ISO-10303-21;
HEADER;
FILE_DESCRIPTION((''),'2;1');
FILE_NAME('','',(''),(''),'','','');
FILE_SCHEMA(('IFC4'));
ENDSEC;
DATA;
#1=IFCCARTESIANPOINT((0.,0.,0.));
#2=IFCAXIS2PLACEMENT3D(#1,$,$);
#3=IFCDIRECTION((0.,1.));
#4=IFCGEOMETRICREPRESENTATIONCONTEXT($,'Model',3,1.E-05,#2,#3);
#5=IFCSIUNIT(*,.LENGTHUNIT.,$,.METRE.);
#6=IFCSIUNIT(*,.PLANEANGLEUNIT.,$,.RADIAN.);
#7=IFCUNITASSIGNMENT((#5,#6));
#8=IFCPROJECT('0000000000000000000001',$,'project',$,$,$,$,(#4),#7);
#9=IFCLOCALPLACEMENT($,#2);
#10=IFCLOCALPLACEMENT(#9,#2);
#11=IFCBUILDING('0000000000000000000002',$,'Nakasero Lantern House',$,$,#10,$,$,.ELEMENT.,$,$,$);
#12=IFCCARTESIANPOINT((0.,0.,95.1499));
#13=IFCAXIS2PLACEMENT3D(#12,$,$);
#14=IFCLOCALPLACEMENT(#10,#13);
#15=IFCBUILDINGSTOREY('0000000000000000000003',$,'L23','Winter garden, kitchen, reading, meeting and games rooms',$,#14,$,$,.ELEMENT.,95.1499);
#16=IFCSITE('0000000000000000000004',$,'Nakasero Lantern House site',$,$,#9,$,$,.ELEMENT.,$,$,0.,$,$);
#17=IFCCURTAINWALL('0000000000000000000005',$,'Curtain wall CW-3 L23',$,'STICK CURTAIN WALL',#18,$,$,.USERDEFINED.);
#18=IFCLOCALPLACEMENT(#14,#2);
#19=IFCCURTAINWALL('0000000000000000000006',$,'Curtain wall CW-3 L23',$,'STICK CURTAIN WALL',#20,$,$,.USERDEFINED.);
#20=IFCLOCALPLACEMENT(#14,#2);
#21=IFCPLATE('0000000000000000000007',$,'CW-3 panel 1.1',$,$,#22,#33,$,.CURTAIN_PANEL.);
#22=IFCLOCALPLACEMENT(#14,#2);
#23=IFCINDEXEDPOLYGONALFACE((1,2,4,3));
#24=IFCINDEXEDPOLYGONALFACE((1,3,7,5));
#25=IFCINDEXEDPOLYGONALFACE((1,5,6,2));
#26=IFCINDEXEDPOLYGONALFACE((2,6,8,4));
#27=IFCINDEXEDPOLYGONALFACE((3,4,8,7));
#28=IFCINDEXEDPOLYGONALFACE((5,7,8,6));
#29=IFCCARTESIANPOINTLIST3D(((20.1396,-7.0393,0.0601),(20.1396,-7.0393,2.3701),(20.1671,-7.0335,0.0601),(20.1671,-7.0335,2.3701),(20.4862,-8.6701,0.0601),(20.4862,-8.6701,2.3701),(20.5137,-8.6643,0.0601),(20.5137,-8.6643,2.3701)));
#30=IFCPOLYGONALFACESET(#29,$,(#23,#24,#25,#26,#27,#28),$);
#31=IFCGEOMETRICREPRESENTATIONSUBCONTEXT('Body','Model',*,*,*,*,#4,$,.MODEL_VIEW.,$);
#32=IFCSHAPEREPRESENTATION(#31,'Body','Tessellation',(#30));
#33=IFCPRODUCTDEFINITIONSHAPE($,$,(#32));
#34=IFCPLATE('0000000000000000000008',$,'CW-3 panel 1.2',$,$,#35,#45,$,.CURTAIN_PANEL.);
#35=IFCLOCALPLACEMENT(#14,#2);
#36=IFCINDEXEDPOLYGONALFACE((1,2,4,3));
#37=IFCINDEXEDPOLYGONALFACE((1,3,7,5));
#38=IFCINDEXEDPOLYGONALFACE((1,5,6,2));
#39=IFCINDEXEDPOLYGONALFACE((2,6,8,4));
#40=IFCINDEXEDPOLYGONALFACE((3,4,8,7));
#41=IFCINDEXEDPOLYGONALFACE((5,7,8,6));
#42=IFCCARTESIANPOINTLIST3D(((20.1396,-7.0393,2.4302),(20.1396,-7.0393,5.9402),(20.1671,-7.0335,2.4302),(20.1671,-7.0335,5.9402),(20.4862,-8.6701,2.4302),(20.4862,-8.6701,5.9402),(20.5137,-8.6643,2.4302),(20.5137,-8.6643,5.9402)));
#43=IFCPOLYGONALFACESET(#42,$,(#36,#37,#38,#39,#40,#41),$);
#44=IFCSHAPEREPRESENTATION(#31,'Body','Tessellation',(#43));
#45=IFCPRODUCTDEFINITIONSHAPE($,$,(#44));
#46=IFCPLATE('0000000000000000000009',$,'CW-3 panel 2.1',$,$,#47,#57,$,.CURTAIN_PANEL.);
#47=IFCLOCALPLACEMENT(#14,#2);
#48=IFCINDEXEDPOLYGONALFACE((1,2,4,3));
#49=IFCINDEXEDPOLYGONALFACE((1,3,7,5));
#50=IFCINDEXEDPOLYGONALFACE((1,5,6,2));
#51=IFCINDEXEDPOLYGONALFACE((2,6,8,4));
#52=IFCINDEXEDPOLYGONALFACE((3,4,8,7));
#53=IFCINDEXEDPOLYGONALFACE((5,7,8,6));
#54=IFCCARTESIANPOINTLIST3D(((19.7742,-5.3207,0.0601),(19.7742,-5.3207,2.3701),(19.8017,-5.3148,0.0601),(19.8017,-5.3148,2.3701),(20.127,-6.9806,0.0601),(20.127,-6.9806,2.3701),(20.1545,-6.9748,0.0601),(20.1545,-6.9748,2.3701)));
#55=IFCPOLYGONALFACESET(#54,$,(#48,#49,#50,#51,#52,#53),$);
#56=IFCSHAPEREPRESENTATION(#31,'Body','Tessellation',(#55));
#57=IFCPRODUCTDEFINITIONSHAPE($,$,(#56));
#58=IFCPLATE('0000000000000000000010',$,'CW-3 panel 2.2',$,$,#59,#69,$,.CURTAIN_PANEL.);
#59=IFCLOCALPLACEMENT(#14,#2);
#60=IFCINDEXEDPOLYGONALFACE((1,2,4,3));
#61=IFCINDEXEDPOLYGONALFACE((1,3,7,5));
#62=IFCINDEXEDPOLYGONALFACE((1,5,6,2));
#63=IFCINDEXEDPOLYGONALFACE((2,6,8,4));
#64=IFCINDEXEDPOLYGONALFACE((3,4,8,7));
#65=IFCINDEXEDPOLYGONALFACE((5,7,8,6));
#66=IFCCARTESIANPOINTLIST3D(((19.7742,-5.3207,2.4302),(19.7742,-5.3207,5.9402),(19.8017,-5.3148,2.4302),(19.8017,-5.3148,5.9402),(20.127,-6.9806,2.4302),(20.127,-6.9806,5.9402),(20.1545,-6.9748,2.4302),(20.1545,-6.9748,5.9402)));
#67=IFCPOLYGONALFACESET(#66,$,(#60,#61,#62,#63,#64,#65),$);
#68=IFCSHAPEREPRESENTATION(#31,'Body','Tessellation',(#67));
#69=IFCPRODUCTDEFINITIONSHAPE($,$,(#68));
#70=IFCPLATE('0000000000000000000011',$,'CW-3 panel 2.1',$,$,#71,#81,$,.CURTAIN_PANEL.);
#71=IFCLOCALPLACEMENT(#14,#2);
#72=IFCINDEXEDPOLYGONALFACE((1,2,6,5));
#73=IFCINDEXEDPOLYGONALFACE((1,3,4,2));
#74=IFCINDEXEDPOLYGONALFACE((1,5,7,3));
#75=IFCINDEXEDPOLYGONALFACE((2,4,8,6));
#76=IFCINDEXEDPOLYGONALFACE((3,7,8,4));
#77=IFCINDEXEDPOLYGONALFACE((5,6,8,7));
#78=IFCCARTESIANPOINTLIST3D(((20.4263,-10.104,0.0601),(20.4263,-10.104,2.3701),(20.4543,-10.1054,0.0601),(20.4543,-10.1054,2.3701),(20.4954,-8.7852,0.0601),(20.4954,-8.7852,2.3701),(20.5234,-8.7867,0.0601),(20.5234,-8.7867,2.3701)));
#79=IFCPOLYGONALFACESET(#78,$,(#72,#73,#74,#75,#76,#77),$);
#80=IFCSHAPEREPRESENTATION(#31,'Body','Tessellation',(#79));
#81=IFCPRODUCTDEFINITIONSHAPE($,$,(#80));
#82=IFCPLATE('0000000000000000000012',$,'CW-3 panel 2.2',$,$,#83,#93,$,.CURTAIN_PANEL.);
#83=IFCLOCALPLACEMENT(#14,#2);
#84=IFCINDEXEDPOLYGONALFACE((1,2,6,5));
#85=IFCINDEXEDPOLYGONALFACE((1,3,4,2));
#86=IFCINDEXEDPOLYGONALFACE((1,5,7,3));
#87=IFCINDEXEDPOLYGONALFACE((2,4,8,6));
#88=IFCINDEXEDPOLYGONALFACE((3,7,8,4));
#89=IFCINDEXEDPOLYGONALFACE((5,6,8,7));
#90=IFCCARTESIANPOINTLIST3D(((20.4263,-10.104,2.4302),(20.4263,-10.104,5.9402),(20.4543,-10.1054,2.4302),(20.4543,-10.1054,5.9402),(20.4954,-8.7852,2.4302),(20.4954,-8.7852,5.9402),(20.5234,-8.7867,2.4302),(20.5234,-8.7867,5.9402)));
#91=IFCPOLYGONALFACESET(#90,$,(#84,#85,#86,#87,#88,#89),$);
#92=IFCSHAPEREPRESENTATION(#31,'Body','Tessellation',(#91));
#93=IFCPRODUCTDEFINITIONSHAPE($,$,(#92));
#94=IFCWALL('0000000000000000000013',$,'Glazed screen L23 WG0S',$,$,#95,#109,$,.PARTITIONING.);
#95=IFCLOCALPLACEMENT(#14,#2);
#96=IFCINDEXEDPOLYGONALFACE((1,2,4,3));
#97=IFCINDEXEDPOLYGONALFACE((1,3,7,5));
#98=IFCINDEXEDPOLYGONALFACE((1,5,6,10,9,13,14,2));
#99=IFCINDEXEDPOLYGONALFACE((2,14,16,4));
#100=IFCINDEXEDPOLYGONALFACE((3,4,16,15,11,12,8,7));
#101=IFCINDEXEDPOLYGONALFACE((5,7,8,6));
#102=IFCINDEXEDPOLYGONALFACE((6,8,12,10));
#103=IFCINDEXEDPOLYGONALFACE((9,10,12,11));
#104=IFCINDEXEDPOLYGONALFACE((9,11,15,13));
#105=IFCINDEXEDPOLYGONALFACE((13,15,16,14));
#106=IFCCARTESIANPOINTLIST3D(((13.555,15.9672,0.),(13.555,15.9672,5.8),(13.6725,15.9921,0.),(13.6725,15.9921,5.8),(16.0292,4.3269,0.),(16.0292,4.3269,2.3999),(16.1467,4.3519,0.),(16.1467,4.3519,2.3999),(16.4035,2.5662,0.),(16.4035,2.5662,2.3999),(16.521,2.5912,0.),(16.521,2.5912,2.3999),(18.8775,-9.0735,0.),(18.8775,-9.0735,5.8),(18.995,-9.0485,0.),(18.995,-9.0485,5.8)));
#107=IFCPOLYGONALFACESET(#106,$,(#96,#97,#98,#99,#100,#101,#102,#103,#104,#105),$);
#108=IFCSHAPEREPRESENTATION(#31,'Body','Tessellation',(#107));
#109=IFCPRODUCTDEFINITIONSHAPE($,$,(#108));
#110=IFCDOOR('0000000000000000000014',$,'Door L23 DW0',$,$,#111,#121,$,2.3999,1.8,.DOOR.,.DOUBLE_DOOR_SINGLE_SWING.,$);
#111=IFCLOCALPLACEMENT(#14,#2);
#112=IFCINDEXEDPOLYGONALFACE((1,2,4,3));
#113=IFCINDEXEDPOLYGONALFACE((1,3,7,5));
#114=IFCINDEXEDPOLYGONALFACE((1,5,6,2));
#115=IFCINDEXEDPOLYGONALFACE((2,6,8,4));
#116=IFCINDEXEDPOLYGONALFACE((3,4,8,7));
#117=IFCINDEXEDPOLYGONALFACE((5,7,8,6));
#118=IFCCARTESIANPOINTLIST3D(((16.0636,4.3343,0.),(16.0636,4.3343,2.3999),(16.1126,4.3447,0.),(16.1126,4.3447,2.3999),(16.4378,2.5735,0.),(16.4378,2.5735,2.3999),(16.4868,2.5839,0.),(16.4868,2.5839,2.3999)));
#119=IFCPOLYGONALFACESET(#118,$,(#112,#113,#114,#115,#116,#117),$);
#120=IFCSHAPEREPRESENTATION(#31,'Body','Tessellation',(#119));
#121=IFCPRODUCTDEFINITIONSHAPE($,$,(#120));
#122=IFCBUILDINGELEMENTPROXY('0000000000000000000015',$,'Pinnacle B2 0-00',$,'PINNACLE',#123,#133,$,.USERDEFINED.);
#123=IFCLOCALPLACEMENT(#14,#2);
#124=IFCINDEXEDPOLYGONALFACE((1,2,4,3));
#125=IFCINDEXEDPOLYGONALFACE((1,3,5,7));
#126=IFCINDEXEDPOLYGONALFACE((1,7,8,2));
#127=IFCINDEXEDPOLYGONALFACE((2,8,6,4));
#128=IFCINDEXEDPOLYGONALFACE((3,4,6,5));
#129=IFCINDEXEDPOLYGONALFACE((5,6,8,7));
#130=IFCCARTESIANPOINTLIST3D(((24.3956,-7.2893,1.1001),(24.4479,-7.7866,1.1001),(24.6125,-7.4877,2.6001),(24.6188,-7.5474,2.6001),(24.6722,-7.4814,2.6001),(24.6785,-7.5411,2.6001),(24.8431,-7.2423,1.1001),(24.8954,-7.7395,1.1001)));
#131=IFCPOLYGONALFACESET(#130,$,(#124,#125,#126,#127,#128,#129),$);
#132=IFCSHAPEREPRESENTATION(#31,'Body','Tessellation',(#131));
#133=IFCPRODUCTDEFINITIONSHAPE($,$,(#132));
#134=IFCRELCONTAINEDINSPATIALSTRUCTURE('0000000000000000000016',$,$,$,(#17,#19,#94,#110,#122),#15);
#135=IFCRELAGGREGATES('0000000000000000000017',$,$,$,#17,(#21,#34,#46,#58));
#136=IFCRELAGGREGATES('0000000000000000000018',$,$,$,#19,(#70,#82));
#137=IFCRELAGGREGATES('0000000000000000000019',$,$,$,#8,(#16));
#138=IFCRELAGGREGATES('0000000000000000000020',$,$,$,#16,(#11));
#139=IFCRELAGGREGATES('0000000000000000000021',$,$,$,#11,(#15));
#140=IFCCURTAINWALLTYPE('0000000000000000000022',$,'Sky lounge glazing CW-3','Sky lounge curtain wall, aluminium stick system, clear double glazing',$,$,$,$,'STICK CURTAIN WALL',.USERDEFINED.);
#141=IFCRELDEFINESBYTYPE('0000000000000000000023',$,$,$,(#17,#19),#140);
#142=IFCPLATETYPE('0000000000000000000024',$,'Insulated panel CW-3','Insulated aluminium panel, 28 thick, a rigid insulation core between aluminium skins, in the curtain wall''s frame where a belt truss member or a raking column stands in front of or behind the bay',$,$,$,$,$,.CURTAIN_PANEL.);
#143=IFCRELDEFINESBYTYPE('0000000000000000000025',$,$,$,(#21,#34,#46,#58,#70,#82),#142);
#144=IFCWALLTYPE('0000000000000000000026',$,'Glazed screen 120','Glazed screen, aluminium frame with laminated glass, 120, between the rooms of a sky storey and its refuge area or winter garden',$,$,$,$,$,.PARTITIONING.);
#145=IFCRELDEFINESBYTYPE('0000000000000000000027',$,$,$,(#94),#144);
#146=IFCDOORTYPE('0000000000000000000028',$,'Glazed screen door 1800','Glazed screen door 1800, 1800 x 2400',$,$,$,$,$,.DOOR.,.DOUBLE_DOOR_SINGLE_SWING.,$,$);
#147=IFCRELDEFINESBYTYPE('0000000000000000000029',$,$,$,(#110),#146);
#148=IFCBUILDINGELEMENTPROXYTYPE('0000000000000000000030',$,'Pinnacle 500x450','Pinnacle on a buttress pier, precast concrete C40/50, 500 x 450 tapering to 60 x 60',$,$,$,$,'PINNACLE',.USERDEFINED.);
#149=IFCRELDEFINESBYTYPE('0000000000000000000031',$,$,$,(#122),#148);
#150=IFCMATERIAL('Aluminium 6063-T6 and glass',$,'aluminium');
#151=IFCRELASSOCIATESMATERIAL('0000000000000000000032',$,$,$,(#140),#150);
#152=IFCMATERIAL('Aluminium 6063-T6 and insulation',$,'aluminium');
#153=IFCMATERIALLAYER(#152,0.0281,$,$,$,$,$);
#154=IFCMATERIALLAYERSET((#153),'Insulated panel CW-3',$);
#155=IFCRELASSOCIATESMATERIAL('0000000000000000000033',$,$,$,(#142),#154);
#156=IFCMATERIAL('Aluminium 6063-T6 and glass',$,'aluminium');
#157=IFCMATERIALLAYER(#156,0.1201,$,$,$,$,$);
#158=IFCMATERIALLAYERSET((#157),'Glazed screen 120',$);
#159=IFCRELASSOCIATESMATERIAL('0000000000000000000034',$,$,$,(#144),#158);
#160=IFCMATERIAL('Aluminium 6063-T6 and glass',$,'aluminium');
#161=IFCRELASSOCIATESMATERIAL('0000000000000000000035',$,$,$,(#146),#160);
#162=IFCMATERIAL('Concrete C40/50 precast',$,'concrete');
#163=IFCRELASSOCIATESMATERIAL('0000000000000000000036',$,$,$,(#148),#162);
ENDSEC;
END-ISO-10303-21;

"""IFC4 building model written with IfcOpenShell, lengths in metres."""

from ifc_helpers import new_model, entity, si_unit, direction, frame, frame_2d, origin, origin_2d, place, context, subcontext, project, spatial, rectangle, extrude, material, layer, layer_set, type_object, element, fill, aggregate, save


model = new_model("IFC4")

# Units and contexts
model_context = context("Model", 3, precision=1e-05, world=origin(), true_north=direction((0.0, 1.0)))
body_context = subcontext(model_context, "Body", "Model", "MODEL_VIEW")
ifc_project = project(units=[si_unit("LENGTHUNIT", "METRE"), si_unit("PLANEANGLEUNIT", "RADIAN")], contexts=[model_context])

# Site, building, storey
site_placement = place(None, origin())
site = spatial("IfcSite", under=ifc_project, at=site_placement, Name="Nakasero Lantern House site", CompositionType="ELEMENT", RefElevation=0.0)
building_placement = place(site_placement, origin())
building = spatial("IfcBuilding", under=site, at=building_placement, Name="Nakasero Lantern House", CompositionType="ELEMENT")
storey_placement = place(building_placement, frame((0.0, 0.0, 95.1499)))
storey = spatial("IfcBuildingStorey", under=building, at=storey_placement, Name="L23", Description="Winter garden, kitchen, reading, meeting and games rooms", CompositionType="ELEMENT", Elevation=95.1499)

# Curtain walls
ifc_material_1 = material(Name="Aluminium 6063-T6 and glass", Category="aluminium")
curtain_wall_type = type_object("IfcCurtainWallType", Name="Sky lounge glazing CW-3", Description="Sky lounge curtain wall, aluminium stick system, clear double glazing", ElementType="STICK CURTAIN WALL", PredefinedType="USERDEFINED", material=ifc_material_1)
curtain_wall_1_placement = place(storey_placement, origin())
curtain_wall_1 = element("IfcCurtainWall", 1, at=curtain_wall_1_placement, inside=storey, type_object=curtain_wall_type, Name="Curtain wall CW-3 L23", ObjectType="STICK CURTAIN WALL", PredefinedType="USERDEFINED")
curtain_wall_2_placement = place(storey_placement, origin())
curtain_wall_2 = element("IfcCurtainWall", 2, at=curtain_wall_2_placement, inside=storey, type_object=curtain_wall_type, Name="Curtain wall CW-3 L23", ObjectType="STICK CURTAIN WALL", PredefinedType="USERDEFINED")

# Plates
ifc_material_2 = material(Name="Aluminium 6063-T6 and insulation", Category="aluminium")
ifc_layer_1 = layer(ifc_material_2, 0.0281)
ifc_layer_set_1 = layer_set([ifc_layer_1], Name="Insulated panel CW-3")
plate_type = type_object("IfcPlateType", Name="Insulated panel CW-3", Description="Insulated aluminium panel, 28 thick, a rigid insulation core between aluminium skins, in the curtain wall's frame where a belt truss member or a raking column stands in front of or behind the bay", PredefinedType="CURTAIN_PANEL", material=ifc_layer_set_1)
plate_1_placement = place(storey_placement, frame((20.3267, -7.8518, 0.0601), z_axis=(0.0, 0.0, 1.0), x_axis=(-0.207912, 0.978148, 0.0)))
plate_1 = element("IfcPlate", 3, at=plate_1_placement, type_object=plate_type, Name="CW-3 panel 1.1", PredefinedType="CURTAIN_PANEL", context=body_context, shape_type="SweptSolid", body=[
    extrude(rectangle(XDim=1.6672, YDim=0.0281, at=origin_2d()), origin(), (0.0, 0.0, 1.0), 2.3101),
])
plate_2_placement = place(storey_placement, frame((20.3267, -7.8518, 2.4302), z_axis=(0.0, 0.0, 1.0), x_axis=(-0.207912, 0.978148, 0.0)))
plate_2 = element("IfcPlate", 4, at=plate_2_placement, type_object=plate_type, Name="CW-3 panel 1.2", PredefinedType="CURTAIN_PANEL", context=body_context, shape_type="SweptSolid", body=[
    extrude(rectangle(XDim=1.6672, YDim=0.0281, at=origin_2d()), origin(), (0.0, 0.0, 1.0), 3.51),
])
plate_3_placement = place(storey_placement, frame((19.9644, -6.1477, 0.0601), z_axis=(0.0, 0.0, 1.0), x_axis=(-0.207912, 0.978148, 0.0)))
plate_3 = element("IfcPlate", 5, at=plate_3_placement, type_object=plate_type, Name="CW-3 panel 2.1", PredefinedType="CURTAIN_PANEL", context=body_context, shape_type="SweptSolid", body=[
    extrude(rectangle(XDim=1.697, YDim=0.0281, at=origin_2d()), origin(), (0.0, 0.0, 1.0), 2.3101),
])
plate_4_placement = place(storey_placement, frame((19.9644, -6.1477, 2.4302), z_axis=(0.0, 0.0, 1.0), x_axis=(-0.207912, 0.978148, 0.0)))
plate_4 = element("IfcPlate", 6, at=plate_4_placement, type_object=plate_type, Name="CW-3 panel 2.2", PredefinedType="CURTAIN_PANEL", context=body_context, shape_type="SweptSolid", body=[
    extrude(rectangle(XDim=1.697, YDim=0.0281, at=origin_2d()), origin(), (0.0, 0.0, 1.0), 3.51),
])
aggregate(curtain_wall_1, [plate_1, plate_2, plate_3, plate_4])
plate_5_placement = place(storey_placement, frame((20.4749, -9.4453, 0.0601), z_axis=(0.0, 0.0, 1.0), x_axis=(0.052336, 0.99863, 0.0)))
plate_5 = element("IfcPlate", 7, at=plate_5_placement, type_object=plate_type, Name="CW-3 panel 2.1", PredefinedType="CURTAIN_PANEL", context=body_context, shape_type="SweptSolid", body=[
    extrude(rectangle(XDim=1.3206, YDim=0.0281, at=origin_2d()), origin(), (0.0, 0.0, 1.0), 2.3101),
])
plate_6_placement = place(storey_placement, frame((20.4749, -9.4453, 2.4302), z_axis=(0.0, 0.0, 1.0), x_axis=(0.052336, 0.99863, 0.0)))
plate_6 = element("IfcPlate", 8, at=plate_6_placement, type_object=plate_type, Name="CW-3 panel 2.2", PredefinedType="CURTAIN_PANEL", context=body_context, shape_type="SweptSolid", body=[
    extrude(rectangle(XDim=1.3206, YDim=0.0281, at=origin_2d()), origin(), (0.0, 0.0, 1.0), 3.51),
])
aggregate(curtain_wall_2, [plate_5, plate_6])

# Wall, opening, door
ifc_material_3 = material(Name="Aluminium 6063-T6 and glass", Category="aluminium")
ifc_layer_2 = layer(ifc_material_3, 0.1201)
ifc_layer_set_2 = layer_set([ifc_layer_2], Name="Glazed screen 120")
wall_type = type_object("IfcWallType", Name="Glazed screen 120", Description="Glazed screen, aluminium frame with laminated glass, 120, between the rooms of a sky storey and its refuge area or winter garden", PredefinedType="PARTITIONING", material=ifc_layer_set_2)
wall_placement = place(storey_placement, frame((18.9363, -9.061, 0.0), z_axis=(0.0, 0.0, 1.0), x_axis=(-0.207909, 0.978148, 0.0)))
wall = element("IfcWall", 9, at=wall_placement, inside=storey, type_object=wall_type, Name="Glazed screen L23 WG0S", PredefinedType="PARTITIONING", context=body_context, shape_type="SweptSolid", body=[
    extrude(rectangle(XDim=25.6001, YDim=0.1201, at=frame_2d((12.8, 0.0))), origin(), (0.0, 0.0, 1.0), 5.8),
])
opening_placement = place(wall_placement, frame((11.8999, 0.0, 0.0)))
opening = element("IfcOpeningElement", 10, at=opening_placement, cuts=wall, PredefinedType="OPENING", context=body_context, shape_type="SweptSolid", body=[
    extrude(rectangle(XDim=1.8, YDim=2.3999, at=frame_2d((0.8999, 1.2))), frame((0.0, 0.0801, 0.0), z_axis=(0.0, -1.0, 0.0), x_axis=(1.0, 0.0, 0.0)), (0.0, 0.0, 1.0), 0.1602),
])
ifc_material_4 = material(Name="Aluminium 6063-T6 and glass", Category="aluminium")
door_type = type_object("IfcDoorType", Name="Glazed screen door 1800", Description="Glazed screen door 1800, 1800 x 2400", OperationType="DOUBLE_DOOR_SINGLE_SWING", PredefinedType="DOOR", material=ifc_material_4)
door_placement = place(opening_placement, origin())
door = element("IfcDoor", 11, at=door_placement, inside=storey, type_object=door_type, Name="Door L23 DW0", OperationType="DOUBLE_DOOR_SINGLE_SWING", OverallHeight=2.3999, OverallWidth=1.8, PredefinedType="DOOR", context=body_context, shape_type="SweptSolid", body=[
    extrude(rectangle(XDim=1.8, YDim=2.3999, at=frame_2d((0.8999, 1.2))), frame((0.0, 0.0249, 0.0), z_axis=(0.0, -1.0, 0.0), x_axis=(1.0, 0.0, 0.0)), (0.0, 0.0, 1.0), 0.05),
])
fill(opening, door)

# Building element proxy
ifc_material_5 = material(Name="Concrete C40/50 precast", Category="concrete")
building_element_proxy_type = type_object("IfcBuildingElementProxyType", Name="Pinnacle 500x450", Description="Pinnacle on a buttress pier, precast concrete C40/50, 500 x 450 tapering to 60 x 60", ElementType="PINNACLE", PredefinedType="USERDEFINED", material=ifc_material_5)
proxy_placement = place(storey_placement, frame((24.6455, -7.5144, 1.1001), z_axis=(0.0, 0.0, 1.0), x_axis=(0.994522, 0.104528, 0.0)))
element("IfcBuildingElementProxy", 12, at=proxy_placement, inside=storey, type_object=building_element_proxy_type, Name="Pinnacle B2 0-00", ObjectType="PINNACLE", PredefinedType="USERDEFINED", context=body_context, shape_type="SweptSolid", body=[
    entity("IfcExtrudedAreaSolidTapered", entity("IfcRectangleProfileDef", "AREA", None, entity("IfcAxis2Placement2D", entity("IfcCartesianPoint", [0.0, 0.0])), 0.45, 0.5), entity("IfcAxis2Placement3D", entity("IfcCartesianPoint", [0.0, 0.0, 0.0])), entity("IfcDirection", [0.0, 0.0, 1.0]), 1.5, entity("IfcRectangleProfileDef", "AREA", None, entity("IfcAxis2Placement2D", entity("IfcCartesianPoint", [0.0, 0.0])), 0.0601, 0.0601)),
])

save(model, "model.ifc")
